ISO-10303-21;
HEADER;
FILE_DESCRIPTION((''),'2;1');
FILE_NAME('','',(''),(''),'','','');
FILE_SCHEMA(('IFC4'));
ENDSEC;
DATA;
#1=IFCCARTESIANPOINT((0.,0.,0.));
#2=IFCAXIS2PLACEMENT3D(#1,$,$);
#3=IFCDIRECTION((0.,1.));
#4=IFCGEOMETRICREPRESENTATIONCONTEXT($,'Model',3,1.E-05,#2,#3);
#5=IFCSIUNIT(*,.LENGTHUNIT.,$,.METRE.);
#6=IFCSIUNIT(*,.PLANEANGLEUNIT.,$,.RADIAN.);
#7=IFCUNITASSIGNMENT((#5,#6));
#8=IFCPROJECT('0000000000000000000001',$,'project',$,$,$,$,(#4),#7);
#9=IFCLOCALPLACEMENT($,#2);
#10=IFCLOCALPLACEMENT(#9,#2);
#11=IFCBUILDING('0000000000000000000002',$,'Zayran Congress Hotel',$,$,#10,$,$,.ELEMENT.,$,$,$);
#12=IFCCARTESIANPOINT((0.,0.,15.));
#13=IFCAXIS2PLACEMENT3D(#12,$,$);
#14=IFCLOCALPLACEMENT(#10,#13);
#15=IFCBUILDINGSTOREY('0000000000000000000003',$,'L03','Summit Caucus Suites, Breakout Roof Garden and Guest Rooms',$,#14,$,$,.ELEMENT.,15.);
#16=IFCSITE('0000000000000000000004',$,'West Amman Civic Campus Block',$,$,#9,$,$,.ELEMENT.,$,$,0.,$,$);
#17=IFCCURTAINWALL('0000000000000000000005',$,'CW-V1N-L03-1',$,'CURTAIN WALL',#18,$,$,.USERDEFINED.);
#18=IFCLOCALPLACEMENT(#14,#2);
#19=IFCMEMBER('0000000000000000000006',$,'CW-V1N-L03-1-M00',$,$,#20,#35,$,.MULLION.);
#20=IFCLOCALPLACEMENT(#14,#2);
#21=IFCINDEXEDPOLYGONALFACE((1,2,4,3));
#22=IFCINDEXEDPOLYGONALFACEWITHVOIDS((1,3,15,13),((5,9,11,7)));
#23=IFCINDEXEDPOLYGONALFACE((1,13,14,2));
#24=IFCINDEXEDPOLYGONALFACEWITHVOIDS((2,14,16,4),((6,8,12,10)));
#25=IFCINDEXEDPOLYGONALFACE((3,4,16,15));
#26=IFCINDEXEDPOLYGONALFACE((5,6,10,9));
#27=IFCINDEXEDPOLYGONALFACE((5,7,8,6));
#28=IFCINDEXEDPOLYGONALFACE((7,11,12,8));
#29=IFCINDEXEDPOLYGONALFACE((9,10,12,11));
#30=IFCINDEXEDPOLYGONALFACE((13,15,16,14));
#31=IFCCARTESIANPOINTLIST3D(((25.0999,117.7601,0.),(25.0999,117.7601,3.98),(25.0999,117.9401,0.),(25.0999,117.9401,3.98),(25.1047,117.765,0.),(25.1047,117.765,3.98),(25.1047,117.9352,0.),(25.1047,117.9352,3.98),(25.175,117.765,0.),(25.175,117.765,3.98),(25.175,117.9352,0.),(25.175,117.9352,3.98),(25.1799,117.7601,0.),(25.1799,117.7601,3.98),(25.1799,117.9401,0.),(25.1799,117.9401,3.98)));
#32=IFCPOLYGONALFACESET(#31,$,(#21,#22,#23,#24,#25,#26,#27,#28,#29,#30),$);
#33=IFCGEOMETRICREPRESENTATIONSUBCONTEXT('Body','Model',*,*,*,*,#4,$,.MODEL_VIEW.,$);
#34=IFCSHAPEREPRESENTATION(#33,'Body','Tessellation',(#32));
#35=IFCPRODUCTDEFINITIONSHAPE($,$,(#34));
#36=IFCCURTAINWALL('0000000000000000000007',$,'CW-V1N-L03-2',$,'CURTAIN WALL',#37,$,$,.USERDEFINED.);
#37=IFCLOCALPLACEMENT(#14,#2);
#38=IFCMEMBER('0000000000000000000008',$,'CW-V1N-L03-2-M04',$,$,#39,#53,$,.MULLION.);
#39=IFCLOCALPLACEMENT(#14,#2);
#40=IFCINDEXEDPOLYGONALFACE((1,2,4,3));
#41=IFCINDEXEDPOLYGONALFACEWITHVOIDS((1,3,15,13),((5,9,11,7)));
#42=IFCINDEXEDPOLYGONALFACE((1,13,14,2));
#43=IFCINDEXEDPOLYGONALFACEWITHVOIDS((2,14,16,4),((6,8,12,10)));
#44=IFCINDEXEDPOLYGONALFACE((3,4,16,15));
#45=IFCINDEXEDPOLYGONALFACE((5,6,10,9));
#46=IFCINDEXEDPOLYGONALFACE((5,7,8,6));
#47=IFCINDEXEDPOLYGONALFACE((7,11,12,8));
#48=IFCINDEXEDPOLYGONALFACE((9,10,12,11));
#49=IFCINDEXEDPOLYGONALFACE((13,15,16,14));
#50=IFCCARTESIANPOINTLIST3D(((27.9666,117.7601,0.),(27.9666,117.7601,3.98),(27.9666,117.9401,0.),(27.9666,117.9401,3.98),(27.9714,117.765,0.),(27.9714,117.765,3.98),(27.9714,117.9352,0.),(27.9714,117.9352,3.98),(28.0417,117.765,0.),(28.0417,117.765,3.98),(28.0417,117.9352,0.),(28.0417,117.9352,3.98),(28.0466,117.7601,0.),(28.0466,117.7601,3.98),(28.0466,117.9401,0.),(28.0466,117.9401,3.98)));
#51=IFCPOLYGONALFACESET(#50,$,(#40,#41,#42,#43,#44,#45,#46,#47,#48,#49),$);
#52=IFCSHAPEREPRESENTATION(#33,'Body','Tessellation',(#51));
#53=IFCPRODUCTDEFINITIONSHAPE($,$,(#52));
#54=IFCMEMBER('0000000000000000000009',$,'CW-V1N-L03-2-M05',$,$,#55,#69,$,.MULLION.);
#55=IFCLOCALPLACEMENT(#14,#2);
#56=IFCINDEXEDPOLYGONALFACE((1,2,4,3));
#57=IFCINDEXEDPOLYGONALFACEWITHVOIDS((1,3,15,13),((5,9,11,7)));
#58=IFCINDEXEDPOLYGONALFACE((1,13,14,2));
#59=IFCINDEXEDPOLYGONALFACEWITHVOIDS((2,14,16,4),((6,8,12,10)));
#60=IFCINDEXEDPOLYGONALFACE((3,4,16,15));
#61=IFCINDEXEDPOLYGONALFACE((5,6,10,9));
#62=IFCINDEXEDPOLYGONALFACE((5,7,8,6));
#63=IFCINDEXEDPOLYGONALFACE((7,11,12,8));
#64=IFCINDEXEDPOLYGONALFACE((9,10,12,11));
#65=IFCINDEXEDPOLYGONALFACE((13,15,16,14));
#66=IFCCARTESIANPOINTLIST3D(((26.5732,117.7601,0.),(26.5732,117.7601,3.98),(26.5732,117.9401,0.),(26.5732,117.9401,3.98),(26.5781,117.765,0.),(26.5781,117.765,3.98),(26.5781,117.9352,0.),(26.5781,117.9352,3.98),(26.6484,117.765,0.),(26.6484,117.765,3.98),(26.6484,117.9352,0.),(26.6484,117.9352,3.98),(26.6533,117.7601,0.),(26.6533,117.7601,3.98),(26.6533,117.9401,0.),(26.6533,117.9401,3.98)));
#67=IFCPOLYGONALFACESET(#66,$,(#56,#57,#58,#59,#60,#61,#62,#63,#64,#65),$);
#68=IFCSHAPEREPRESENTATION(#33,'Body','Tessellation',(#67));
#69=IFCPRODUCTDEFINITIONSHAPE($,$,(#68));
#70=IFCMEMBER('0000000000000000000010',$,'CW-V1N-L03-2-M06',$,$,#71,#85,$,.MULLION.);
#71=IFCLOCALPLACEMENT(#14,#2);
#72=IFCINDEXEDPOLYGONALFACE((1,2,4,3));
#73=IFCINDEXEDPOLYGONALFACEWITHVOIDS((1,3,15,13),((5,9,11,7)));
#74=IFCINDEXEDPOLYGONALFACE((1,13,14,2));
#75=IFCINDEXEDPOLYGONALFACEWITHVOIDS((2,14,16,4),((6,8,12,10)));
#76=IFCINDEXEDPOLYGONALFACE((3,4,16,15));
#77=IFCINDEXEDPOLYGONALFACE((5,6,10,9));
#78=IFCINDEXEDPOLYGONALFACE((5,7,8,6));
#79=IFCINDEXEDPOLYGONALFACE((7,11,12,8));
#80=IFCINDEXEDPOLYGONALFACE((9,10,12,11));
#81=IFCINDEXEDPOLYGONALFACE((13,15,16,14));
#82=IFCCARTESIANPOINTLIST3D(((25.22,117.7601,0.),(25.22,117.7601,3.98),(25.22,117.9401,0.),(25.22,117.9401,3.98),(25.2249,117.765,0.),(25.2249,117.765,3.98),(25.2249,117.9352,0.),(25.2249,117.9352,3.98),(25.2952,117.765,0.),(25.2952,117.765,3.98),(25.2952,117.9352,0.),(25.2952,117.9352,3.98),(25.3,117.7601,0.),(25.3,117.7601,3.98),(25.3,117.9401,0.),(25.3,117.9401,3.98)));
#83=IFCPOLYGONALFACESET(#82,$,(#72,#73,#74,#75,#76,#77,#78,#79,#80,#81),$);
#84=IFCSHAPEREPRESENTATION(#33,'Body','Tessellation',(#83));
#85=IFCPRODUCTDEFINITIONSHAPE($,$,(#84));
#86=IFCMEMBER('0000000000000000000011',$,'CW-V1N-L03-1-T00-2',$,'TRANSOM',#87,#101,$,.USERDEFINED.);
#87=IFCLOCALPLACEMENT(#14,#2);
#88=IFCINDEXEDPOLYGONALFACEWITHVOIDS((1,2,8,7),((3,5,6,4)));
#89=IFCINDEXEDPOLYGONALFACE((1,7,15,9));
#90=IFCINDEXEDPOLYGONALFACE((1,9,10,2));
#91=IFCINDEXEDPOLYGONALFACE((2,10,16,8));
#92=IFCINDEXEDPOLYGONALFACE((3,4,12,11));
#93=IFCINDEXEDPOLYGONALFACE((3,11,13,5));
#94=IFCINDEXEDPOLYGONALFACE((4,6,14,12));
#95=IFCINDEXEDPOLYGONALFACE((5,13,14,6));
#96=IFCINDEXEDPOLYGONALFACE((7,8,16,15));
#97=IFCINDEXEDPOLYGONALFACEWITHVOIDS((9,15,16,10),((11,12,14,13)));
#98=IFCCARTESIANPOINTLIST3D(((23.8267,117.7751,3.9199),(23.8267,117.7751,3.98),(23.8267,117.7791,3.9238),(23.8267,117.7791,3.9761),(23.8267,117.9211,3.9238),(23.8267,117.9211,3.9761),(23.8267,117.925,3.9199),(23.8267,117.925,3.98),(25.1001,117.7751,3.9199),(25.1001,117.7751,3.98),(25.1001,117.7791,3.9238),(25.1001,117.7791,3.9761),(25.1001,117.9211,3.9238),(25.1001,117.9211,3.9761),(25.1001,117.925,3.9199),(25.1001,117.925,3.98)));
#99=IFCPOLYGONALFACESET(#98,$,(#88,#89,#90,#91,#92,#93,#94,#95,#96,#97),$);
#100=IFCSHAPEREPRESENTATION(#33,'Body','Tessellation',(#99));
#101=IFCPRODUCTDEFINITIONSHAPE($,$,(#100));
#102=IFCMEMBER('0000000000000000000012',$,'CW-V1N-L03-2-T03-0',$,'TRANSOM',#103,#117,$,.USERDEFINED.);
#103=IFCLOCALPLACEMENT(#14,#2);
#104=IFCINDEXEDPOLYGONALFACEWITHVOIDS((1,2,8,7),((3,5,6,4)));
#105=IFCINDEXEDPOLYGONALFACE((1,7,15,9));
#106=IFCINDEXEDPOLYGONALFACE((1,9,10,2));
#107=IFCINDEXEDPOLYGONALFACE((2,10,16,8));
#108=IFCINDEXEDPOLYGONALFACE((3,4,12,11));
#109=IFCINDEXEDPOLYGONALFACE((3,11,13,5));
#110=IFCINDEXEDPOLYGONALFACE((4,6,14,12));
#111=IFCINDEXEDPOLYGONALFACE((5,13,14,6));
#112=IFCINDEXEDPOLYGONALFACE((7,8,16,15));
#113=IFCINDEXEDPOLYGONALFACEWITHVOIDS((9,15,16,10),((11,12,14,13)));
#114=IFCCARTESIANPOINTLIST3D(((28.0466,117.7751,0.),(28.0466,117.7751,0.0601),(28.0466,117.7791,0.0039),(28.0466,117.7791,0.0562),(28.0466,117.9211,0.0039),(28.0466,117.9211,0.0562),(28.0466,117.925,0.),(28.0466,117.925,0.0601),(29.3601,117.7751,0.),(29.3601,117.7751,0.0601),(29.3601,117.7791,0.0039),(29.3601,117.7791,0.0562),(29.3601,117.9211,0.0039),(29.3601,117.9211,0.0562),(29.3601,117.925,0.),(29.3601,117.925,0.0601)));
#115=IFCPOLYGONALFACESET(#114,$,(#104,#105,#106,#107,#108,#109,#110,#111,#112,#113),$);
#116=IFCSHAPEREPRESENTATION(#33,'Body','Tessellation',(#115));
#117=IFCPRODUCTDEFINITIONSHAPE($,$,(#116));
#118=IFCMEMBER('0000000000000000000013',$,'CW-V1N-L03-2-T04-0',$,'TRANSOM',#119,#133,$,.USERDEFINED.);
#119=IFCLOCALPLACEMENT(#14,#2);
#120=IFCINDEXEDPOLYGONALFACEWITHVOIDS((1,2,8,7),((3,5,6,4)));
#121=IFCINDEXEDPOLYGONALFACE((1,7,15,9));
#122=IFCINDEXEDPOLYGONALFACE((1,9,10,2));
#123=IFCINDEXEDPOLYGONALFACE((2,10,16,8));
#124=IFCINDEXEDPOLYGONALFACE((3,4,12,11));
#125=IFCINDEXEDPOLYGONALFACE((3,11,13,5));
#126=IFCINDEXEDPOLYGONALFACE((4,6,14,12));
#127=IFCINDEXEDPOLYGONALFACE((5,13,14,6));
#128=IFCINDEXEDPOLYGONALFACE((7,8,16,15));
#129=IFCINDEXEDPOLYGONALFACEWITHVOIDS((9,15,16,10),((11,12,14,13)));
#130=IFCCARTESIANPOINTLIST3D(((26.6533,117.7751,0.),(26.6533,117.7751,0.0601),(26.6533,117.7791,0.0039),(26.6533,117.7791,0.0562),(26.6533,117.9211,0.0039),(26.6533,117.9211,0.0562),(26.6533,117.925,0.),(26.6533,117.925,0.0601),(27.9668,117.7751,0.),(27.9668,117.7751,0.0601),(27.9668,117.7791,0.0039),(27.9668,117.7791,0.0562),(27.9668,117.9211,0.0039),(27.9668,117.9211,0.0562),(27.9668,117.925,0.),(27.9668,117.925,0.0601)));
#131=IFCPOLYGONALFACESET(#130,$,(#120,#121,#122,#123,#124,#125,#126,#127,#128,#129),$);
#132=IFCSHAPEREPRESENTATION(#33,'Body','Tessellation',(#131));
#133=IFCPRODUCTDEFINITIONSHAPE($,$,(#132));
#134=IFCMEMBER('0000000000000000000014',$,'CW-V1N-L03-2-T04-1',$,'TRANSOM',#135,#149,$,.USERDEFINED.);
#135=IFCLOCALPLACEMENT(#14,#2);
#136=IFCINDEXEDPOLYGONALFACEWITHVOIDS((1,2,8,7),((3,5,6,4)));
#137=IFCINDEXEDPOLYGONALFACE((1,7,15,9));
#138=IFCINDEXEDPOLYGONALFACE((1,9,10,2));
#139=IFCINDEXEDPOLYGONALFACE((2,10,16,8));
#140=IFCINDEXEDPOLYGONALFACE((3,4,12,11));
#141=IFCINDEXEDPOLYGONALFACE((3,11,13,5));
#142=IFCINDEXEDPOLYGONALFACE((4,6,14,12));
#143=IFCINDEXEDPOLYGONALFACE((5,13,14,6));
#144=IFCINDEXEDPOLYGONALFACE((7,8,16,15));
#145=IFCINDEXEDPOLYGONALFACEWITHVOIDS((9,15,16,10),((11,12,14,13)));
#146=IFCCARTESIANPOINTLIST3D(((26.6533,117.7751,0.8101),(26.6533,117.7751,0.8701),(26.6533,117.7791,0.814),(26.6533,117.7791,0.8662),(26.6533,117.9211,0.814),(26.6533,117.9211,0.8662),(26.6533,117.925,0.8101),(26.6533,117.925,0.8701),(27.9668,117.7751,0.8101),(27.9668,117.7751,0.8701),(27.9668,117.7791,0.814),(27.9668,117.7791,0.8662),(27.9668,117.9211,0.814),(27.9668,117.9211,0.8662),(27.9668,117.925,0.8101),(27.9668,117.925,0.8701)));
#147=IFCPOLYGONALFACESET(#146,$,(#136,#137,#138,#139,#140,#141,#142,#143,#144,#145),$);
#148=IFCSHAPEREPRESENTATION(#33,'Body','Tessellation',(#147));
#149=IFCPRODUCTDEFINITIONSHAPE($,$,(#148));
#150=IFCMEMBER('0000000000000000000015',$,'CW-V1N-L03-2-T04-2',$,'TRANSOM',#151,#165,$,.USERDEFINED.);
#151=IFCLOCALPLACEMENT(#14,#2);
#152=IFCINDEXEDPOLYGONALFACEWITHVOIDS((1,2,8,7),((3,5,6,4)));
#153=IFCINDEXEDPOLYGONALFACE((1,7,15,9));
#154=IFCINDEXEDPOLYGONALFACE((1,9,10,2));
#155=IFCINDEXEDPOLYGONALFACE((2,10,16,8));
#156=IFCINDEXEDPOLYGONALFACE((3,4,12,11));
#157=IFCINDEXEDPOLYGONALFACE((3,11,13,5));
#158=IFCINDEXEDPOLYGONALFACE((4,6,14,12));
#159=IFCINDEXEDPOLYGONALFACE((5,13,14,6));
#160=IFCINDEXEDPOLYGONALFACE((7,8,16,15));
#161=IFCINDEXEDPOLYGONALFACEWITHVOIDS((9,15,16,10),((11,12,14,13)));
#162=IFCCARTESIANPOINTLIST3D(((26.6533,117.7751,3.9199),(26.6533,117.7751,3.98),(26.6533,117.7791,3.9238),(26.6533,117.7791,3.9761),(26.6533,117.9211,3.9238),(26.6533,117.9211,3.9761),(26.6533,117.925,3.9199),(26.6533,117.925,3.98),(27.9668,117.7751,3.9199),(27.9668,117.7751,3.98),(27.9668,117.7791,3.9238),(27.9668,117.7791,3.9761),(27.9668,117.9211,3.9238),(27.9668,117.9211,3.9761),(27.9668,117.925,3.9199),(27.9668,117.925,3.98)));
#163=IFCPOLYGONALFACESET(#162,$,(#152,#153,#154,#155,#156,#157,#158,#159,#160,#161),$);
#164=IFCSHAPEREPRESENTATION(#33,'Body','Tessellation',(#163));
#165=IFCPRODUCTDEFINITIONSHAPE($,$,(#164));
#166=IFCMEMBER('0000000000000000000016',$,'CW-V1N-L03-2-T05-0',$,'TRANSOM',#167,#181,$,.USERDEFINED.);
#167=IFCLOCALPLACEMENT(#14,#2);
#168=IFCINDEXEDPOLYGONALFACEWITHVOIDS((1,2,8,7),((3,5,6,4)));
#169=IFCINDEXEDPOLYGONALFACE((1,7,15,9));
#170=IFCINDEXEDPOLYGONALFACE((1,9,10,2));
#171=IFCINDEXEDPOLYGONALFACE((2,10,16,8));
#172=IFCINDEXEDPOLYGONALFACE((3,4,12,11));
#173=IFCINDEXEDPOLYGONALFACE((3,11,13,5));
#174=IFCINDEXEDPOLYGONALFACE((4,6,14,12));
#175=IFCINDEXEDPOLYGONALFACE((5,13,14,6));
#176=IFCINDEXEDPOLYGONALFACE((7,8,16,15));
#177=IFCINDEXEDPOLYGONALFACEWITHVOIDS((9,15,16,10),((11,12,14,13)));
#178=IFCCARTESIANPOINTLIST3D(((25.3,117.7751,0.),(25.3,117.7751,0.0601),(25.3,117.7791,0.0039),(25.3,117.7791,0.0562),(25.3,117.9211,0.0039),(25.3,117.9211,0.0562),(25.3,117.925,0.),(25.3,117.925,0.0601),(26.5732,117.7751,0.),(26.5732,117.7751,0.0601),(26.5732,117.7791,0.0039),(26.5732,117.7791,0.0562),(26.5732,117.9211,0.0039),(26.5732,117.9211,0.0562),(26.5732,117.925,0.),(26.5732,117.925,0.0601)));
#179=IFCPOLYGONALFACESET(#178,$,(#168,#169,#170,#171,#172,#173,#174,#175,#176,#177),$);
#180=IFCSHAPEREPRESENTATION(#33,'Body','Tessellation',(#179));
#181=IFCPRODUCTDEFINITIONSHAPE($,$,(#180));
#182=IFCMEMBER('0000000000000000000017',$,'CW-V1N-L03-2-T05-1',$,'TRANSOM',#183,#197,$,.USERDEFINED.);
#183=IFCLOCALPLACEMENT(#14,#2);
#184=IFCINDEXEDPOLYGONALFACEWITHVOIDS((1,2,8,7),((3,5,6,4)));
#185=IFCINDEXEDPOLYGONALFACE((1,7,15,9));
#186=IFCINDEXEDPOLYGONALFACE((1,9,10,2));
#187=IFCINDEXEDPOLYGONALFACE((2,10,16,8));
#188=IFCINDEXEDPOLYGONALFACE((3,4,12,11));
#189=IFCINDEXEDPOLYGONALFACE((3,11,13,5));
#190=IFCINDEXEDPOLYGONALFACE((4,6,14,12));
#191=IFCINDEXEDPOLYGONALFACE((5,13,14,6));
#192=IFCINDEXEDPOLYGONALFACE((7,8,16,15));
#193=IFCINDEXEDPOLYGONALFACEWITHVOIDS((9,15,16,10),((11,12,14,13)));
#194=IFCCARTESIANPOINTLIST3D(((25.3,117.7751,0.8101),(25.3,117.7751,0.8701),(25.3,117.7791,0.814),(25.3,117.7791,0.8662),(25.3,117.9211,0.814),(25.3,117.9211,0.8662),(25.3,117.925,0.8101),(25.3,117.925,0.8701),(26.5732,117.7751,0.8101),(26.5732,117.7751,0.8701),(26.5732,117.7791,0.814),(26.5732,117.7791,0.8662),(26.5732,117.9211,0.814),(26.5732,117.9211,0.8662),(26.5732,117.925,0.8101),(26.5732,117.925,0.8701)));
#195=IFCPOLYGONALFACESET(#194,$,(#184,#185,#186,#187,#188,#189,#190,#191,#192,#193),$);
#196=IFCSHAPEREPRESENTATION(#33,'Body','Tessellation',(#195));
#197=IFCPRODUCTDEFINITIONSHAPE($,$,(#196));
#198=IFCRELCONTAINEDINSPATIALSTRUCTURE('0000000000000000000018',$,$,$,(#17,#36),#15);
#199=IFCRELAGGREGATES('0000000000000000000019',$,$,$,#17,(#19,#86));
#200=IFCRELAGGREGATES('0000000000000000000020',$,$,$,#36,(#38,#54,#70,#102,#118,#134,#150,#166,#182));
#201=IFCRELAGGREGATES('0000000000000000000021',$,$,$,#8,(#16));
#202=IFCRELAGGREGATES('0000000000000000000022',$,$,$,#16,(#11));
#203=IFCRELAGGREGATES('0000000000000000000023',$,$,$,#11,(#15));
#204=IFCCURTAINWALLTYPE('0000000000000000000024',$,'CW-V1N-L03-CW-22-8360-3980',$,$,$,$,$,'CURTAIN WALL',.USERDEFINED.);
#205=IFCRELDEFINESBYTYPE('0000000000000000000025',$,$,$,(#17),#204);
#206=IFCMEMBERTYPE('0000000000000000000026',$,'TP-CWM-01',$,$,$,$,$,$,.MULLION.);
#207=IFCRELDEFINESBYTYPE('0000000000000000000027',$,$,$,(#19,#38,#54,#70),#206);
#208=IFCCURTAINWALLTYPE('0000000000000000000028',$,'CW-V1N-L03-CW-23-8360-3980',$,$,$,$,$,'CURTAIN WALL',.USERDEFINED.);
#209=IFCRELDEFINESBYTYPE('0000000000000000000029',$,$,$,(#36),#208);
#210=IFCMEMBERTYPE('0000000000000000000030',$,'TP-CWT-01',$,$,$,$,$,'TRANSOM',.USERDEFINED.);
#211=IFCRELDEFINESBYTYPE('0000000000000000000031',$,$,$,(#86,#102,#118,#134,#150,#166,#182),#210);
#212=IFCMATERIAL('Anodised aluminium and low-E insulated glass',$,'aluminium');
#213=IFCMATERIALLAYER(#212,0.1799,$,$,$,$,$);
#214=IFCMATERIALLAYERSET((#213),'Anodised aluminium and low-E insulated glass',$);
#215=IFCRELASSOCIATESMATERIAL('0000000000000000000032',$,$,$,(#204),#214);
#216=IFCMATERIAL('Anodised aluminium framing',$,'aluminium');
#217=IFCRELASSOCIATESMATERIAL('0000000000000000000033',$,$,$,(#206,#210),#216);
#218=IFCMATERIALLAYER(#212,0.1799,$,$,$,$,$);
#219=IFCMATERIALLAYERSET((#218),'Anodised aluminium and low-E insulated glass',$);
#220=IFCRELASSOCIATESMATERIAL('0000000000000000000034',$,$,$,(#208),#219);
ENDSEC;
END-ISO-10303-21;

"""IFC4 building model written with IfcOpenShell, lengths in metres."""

from ifc_helpers import new_model, si_unit, direction, frame, origin, origin_2d, place, context, subcontext, project, spatial, hollow_rectangle, extrude, material, layer, layer_set, material_profile, profile_set, type_object, element, aggregate, save


model = new_model("IFC4")

# Units and contexts
model_context = context("Model", 3, precision=1e-05, world=origin(), true_north=direction((0.0, 1.0)))
body_context = subcontext(model_context, "Body", "Model", "MODEL_VIEW")
ifc_project = project(units=[si_unit("LENGTHUNIT", "METRE"), si_unit("PLANEANGLEUNIT", "RADIAN")], contexts=[model_context])

# Site, building, storey
site_placement = place(None, origin())
site = spatial("IfcSite", under=ifc_project, at=site_placement, Name="West Amman Civic Campus Block", CompositionType="ELEMENT", RefElevation=0.0)
building_placement = place(site_placement, origin())
building = spatial("IfcBuilding", under=site, at=building_placement, Name="Zayran Congress Hotel", CompositionType="ELEMENT")
storey_placement = place(building_placement, frame((0.0, 0.0, 15.0)))
storey = spatial("IfcBuildingStorey", under=building, at=storey_placement, Name="L03", Description="Summit Caucus Suites, Breakout Roof Garden and Guest Rooms", CompositionType="ELEMENT", Elevation=15.0)

# Curtain wall, member
ifc_material_1 = material(Name="Anodised aluminium and low-E insulated glass", Category="aluminium")
ifc_layer_1 = layer(ifc_material_1, 0.1799)
ifc_layer_set_1 = layer_set([ifc_layer_1], Name="Anodised aluminium and low-E insulated glass")
curtain_wall_type_1 = type_object("IfcCurtainWallType", Name="CW-V1N-L03-CW-22-8360-3980", ElementType="CURTAIN WALL", PredefinedType="USERDEFINED", material=ifc_layer_set_1)
curtain_wall_1_placement = place(storey_placement, origin())
curtain_wall_1 = element("IfcCurtainWall", 1, at=curtain_wall_1_placement, inside=storey, type_object=curtain_wall_type_1, Name="CW-V1N-L03-1", ObjectType="CURTAIN WALL", PredefinedType="USERDEFINED")
ifc_material_2 = material(Name="Anodised aluminium framing", Category="aluminium")
ifc_material_profile_1 = material_profile(ifc_material_2, hollow_rectangle(XDim=0.0801, YDim=0.1799, WallThickness=0.0049, at=origin_2d()), Name="RHS 180x80x5")
ifc_profile_set_1 = profile_set([ifc_material_profile_1], Name="Anodised aluminium framing")
member_type_1 = type_object("IfcMemberType", Name="TP-CWM-01", PredefinedType="MULLION", material=ifc_profile_set_1)
member_1_placement = place(storey_placement, frame((25.1399, 117.8501, 0.0), z_axis=(0.0, 0.0, 1.0), x_axis=(1.0, 0.0, 0.0)))
member_1 = element("IfcMember", 2, at=member_1_placement, type_object=member_type_1, Name="CW-V1N-L03-1-M00", PredefinedType="MULLION", context=body_context, shape_type="SweptSolid", body=[
    extrude(hollow_rectangle(XDim=0.0801, YDim=0.1799, WallThickness=0.0049, at=origin_2d()), origin(), (0.0, 0.0, 1.0), 3.98),
])

# Curtain wall, members
ifc_layer_2 = layer(ifc_material_1, 0.1799)
ifc_layer_set_2 = layer_set([ifc_layer_2], Name="Anodised aluminium and low-E insulated glass")
curtain_wall_type_2 = type_object("IfcCurtainWallType", Name="CW-V1N-L03-CW-23-8360-3980", ElementType="CURTAIN WALL", PredefinedType="USERDEFINED", material=ifc_layer_set_2)
curtain_wall_2_placement = place(storey_placement, origin())
curtain_wall_2 = element("IfcCurtainWall", 3, at=curtain_wall_2_placement, inside=storey, type_object=curtain_wall_type_2, Name="CW-V1N-L03-2", ObjectType="CURTAIN WALL", PredefinedType="USERDEFINED")
member_2_placement = place(storey_placement, frame((28.0066, 117.8501, 0.0), z_axis=(0.0, 0.0, 1.0), x_axis=(1.0, 0.0, 0.0)))
member_2 = element("IfcMember", 4, at=member_2_placement, type_object=member_type_1, Name="CW-V1N-L03-2-M04", PredefinedType="MULLION", context=body_context, shape_type="SweptSolid", body=[
    extrude(hollow_rectangle(XDim=0.0801, YDim=0.1799, WallThickness=0.0049, at=origin_2d()), origin(), (0.0, 0.0, 1.0), 3.98),
])
member_3_placement = place(storey_placement, frame((26.6133, 117.8501, 0.0), z_axis=(0.0, 0.0, 1.0), x_axis=(1.0, 0.0, 0.0)))
member_3 = element("IfcMember", 5, at=member_3_placement, type_object=member_type_1, Name="CW-V1N-L03-2-M05", PredefinedType="MULLION", context=body_context, shape_type="SweptSolid", body=[
    extrude(hollow_rectangle(XDim=0.0801, YDim=0.1799, WallThickness=0.0049, at=origin_2d()), origin(), (0.0, 0.0, 1.0), 3.98),
])
member_4_placement = place(storey_placement, frame((25.26, 117.8501, 0.0), z_axis=(0.0, 0.0, 1.0), x_axis=(1.0, 0.0, 0.0)))
member_4 = element("IfcMember", 6, at=member_4_placement, type_object=member_type_1, Name="CW-V1N-L03-2-M06", PredefinedType="MULLION", context=body_context, shape_type="SweptSolid", body=[
    extrude(hollow_rectangle(XDim=0.0801, YDim=0.1799, WallThickness=0.0049, at=origin_2d()), origin(), (0.0, 0.0, 1.0), 3.98),
])

# Members
ifc_material_profile_2 = material_profile(ifc_material_2, hollow_rectangle(XDim=0.0601, YDim=0.1499, WallThickness=0.0039, at=origin_2d()), Name="RHS 150x60x4")
ifc_profile_set_2 = profile_set([ifc_material_profile_2], Name="Anodised aluminium framing")
member_type_2 = type_object("IfcMemberType", Name="TP-CWT-01", ElementType="TRANSOM", PredefinedType="USERDEFINED", material=ifc_profile_set_2)
member_5_placement = place(storey_placement, frame((25.1001, 117.8501, 3.95), z_axis=(-1.0, 0.0, 0.0), x_axis=(0.0, 0.0, 1.0)))
member_5 = element("IfcMember", 7, at=member_5_placement, type_object=member_type_2, Name="CW-V1N-L03-1-T00-2", ObjectType="TRANSOM", PredefinedType="USERDEFINED", context=body_context, shape_type="SweptSolid", body=[
    extrude(hollow_rectangle(XDim=0.0601, YDim=0.1499, WallThickness=0.0039, at=origin_2d()), origin(), (0.0, 0.0, 1.0), 1.2734),
])
member_6_placement = place(storey_placement, frame((29.3601, 117.8501, 0.03), z_axis=(-1.0, 0.0, 0.0), x_axis=(0.0, 0.0, 1.0)))
member_6 = element("IfcMember", 8, at=member_6_placement, type_object=member_type_2, Name="CW-V1N-L03-2-T03-0", ObjectType="TRANSOM", PredefinedType="USERDEFINED", context=body_context, shape_type="SweptSolid", body=[
    extrude(hollow_rectangle(XDim=0.0601, YDim=0.1499, WallThickness=0.0039, at=origin_2d()), origin(), (0.0, 0.0, 1.0), 1.3135),
])
member_7_placement = place(storey_placement, frame((27.9668, 117.8501, 0.03), z_axis=(-1.0, 0.0, 0.0), x_axis=(0.0, 0.0, 1.0)))
member_7 = element("IfcMember", 9, at=member_7_placement, type_object=member_type_2, Name="CW-V1N-L03-2-T04-0", ObjectType="TRANSOM", PredefinedType="USERDEFINED", context=body_context, shape_type="SweptSolid", body=[
    extrude(hollow_rectangle(XDim=0.0601, YDim=0.1499, WallThickness=0.0039, at=origin_2d()), origin(), (0.0, 0.0, 1.0), 1.3135),
])
member_8_placement = place(storey_placement, frame((27.9668, 117.8501, 0.8401), z_axis=(-1.0, 0.0, 0.0), x_axis=(0.0, 0.0, 1.0)))
member_8 = element("IfcMember", 10, at=member_8_placement, type_object=member_type_2, Name="CW-V1N-L03-2-T04-1", ObjectType="TRANSOM", PredefinedType="USERDEFINED", context=body_context, shape_type="SweptSolid", body=[
    extrude(hollow_rectangle(XDim=0.0601, YDim=0.1499, WallThickness=0.0039, at=origin_2d()), origin(), (0.0, 0.0, 1.0), 1.3135),
])
member_9_placement = place(storey_placement, frame((27.9668, 117.8501, 3.95), z_axis=(-1.0, 0.0, 0.0), x_axis=(0.0, 0.0, 1.0)))
member_9 = element("IfcMember", 11, at=member_9_placement, type_object=member_type_2, Name="CW-V1N-L03-2-T04-2", ObjectType="TRANSOM", PredefinedType="USERDEFINED", context=body_context, shape_type="SweptSolid", body=[
    extrude(hollow_rectangle(XDim=0.0601, YDim=0.1499, WallThickness=0.0039, at=origin_2d()), origin(), (0.0, 0.0, 1.0), 1.3135),
])
member_10_placement = place(storey_placement, frame((26.5732, 117.8501, 0.03), z_axis=(-1.0, 0.0, 0.0), x_axis=(0.0, 0.0, 1.0)))
member_10 = element("IfcMember", 12, at=member_10_placement, type_object=member_type_2, Name="CW-V1N-L03-2-T05-0", ObjectType="TRANSOM", PredefinedType="USERDEFINED", context=body_context, shape_type="SweptSolid", body=[
    extrude(hollow_rectangle(XDim=0.0601, YDim=0.1499, WallThickness=0.0039, at=origin_2d()), origin(), (0.0, 0.0, 1.0), 1.2732),
])
member_11_placement = place(storey_placement, frame((26.5732, 117.8501, 0.8401), z_axis=(-1.0, 0.0, 0.0), x_axis=(0.0, 0.0, 1.0)))
member_11 = element("IfcMember", 13, at=member_11_placement, type_object=member_type_2, Name="CW-V1N-L03-2-T05-1", ObjectType="TRANSOM", PredefinedType="USERDEFINED", context=body_context, shape_type="SweptSolid", body=[
    extrude(hollow_rectangle(XDim=0.0601, YDim=0.1499, WallThickness=0.0039, at=origin_2d()), origin(), (0.0, 0.0, 1.0), 1.2732),
])
aggregate(curtain_wall_1, [member_1, member_5])

aggregate(curtain_wall_2, [member_2, member_3, member_4, member_6, member_7, member_8, member_9, member_10, member_11])

save(model, "model.ifc")
